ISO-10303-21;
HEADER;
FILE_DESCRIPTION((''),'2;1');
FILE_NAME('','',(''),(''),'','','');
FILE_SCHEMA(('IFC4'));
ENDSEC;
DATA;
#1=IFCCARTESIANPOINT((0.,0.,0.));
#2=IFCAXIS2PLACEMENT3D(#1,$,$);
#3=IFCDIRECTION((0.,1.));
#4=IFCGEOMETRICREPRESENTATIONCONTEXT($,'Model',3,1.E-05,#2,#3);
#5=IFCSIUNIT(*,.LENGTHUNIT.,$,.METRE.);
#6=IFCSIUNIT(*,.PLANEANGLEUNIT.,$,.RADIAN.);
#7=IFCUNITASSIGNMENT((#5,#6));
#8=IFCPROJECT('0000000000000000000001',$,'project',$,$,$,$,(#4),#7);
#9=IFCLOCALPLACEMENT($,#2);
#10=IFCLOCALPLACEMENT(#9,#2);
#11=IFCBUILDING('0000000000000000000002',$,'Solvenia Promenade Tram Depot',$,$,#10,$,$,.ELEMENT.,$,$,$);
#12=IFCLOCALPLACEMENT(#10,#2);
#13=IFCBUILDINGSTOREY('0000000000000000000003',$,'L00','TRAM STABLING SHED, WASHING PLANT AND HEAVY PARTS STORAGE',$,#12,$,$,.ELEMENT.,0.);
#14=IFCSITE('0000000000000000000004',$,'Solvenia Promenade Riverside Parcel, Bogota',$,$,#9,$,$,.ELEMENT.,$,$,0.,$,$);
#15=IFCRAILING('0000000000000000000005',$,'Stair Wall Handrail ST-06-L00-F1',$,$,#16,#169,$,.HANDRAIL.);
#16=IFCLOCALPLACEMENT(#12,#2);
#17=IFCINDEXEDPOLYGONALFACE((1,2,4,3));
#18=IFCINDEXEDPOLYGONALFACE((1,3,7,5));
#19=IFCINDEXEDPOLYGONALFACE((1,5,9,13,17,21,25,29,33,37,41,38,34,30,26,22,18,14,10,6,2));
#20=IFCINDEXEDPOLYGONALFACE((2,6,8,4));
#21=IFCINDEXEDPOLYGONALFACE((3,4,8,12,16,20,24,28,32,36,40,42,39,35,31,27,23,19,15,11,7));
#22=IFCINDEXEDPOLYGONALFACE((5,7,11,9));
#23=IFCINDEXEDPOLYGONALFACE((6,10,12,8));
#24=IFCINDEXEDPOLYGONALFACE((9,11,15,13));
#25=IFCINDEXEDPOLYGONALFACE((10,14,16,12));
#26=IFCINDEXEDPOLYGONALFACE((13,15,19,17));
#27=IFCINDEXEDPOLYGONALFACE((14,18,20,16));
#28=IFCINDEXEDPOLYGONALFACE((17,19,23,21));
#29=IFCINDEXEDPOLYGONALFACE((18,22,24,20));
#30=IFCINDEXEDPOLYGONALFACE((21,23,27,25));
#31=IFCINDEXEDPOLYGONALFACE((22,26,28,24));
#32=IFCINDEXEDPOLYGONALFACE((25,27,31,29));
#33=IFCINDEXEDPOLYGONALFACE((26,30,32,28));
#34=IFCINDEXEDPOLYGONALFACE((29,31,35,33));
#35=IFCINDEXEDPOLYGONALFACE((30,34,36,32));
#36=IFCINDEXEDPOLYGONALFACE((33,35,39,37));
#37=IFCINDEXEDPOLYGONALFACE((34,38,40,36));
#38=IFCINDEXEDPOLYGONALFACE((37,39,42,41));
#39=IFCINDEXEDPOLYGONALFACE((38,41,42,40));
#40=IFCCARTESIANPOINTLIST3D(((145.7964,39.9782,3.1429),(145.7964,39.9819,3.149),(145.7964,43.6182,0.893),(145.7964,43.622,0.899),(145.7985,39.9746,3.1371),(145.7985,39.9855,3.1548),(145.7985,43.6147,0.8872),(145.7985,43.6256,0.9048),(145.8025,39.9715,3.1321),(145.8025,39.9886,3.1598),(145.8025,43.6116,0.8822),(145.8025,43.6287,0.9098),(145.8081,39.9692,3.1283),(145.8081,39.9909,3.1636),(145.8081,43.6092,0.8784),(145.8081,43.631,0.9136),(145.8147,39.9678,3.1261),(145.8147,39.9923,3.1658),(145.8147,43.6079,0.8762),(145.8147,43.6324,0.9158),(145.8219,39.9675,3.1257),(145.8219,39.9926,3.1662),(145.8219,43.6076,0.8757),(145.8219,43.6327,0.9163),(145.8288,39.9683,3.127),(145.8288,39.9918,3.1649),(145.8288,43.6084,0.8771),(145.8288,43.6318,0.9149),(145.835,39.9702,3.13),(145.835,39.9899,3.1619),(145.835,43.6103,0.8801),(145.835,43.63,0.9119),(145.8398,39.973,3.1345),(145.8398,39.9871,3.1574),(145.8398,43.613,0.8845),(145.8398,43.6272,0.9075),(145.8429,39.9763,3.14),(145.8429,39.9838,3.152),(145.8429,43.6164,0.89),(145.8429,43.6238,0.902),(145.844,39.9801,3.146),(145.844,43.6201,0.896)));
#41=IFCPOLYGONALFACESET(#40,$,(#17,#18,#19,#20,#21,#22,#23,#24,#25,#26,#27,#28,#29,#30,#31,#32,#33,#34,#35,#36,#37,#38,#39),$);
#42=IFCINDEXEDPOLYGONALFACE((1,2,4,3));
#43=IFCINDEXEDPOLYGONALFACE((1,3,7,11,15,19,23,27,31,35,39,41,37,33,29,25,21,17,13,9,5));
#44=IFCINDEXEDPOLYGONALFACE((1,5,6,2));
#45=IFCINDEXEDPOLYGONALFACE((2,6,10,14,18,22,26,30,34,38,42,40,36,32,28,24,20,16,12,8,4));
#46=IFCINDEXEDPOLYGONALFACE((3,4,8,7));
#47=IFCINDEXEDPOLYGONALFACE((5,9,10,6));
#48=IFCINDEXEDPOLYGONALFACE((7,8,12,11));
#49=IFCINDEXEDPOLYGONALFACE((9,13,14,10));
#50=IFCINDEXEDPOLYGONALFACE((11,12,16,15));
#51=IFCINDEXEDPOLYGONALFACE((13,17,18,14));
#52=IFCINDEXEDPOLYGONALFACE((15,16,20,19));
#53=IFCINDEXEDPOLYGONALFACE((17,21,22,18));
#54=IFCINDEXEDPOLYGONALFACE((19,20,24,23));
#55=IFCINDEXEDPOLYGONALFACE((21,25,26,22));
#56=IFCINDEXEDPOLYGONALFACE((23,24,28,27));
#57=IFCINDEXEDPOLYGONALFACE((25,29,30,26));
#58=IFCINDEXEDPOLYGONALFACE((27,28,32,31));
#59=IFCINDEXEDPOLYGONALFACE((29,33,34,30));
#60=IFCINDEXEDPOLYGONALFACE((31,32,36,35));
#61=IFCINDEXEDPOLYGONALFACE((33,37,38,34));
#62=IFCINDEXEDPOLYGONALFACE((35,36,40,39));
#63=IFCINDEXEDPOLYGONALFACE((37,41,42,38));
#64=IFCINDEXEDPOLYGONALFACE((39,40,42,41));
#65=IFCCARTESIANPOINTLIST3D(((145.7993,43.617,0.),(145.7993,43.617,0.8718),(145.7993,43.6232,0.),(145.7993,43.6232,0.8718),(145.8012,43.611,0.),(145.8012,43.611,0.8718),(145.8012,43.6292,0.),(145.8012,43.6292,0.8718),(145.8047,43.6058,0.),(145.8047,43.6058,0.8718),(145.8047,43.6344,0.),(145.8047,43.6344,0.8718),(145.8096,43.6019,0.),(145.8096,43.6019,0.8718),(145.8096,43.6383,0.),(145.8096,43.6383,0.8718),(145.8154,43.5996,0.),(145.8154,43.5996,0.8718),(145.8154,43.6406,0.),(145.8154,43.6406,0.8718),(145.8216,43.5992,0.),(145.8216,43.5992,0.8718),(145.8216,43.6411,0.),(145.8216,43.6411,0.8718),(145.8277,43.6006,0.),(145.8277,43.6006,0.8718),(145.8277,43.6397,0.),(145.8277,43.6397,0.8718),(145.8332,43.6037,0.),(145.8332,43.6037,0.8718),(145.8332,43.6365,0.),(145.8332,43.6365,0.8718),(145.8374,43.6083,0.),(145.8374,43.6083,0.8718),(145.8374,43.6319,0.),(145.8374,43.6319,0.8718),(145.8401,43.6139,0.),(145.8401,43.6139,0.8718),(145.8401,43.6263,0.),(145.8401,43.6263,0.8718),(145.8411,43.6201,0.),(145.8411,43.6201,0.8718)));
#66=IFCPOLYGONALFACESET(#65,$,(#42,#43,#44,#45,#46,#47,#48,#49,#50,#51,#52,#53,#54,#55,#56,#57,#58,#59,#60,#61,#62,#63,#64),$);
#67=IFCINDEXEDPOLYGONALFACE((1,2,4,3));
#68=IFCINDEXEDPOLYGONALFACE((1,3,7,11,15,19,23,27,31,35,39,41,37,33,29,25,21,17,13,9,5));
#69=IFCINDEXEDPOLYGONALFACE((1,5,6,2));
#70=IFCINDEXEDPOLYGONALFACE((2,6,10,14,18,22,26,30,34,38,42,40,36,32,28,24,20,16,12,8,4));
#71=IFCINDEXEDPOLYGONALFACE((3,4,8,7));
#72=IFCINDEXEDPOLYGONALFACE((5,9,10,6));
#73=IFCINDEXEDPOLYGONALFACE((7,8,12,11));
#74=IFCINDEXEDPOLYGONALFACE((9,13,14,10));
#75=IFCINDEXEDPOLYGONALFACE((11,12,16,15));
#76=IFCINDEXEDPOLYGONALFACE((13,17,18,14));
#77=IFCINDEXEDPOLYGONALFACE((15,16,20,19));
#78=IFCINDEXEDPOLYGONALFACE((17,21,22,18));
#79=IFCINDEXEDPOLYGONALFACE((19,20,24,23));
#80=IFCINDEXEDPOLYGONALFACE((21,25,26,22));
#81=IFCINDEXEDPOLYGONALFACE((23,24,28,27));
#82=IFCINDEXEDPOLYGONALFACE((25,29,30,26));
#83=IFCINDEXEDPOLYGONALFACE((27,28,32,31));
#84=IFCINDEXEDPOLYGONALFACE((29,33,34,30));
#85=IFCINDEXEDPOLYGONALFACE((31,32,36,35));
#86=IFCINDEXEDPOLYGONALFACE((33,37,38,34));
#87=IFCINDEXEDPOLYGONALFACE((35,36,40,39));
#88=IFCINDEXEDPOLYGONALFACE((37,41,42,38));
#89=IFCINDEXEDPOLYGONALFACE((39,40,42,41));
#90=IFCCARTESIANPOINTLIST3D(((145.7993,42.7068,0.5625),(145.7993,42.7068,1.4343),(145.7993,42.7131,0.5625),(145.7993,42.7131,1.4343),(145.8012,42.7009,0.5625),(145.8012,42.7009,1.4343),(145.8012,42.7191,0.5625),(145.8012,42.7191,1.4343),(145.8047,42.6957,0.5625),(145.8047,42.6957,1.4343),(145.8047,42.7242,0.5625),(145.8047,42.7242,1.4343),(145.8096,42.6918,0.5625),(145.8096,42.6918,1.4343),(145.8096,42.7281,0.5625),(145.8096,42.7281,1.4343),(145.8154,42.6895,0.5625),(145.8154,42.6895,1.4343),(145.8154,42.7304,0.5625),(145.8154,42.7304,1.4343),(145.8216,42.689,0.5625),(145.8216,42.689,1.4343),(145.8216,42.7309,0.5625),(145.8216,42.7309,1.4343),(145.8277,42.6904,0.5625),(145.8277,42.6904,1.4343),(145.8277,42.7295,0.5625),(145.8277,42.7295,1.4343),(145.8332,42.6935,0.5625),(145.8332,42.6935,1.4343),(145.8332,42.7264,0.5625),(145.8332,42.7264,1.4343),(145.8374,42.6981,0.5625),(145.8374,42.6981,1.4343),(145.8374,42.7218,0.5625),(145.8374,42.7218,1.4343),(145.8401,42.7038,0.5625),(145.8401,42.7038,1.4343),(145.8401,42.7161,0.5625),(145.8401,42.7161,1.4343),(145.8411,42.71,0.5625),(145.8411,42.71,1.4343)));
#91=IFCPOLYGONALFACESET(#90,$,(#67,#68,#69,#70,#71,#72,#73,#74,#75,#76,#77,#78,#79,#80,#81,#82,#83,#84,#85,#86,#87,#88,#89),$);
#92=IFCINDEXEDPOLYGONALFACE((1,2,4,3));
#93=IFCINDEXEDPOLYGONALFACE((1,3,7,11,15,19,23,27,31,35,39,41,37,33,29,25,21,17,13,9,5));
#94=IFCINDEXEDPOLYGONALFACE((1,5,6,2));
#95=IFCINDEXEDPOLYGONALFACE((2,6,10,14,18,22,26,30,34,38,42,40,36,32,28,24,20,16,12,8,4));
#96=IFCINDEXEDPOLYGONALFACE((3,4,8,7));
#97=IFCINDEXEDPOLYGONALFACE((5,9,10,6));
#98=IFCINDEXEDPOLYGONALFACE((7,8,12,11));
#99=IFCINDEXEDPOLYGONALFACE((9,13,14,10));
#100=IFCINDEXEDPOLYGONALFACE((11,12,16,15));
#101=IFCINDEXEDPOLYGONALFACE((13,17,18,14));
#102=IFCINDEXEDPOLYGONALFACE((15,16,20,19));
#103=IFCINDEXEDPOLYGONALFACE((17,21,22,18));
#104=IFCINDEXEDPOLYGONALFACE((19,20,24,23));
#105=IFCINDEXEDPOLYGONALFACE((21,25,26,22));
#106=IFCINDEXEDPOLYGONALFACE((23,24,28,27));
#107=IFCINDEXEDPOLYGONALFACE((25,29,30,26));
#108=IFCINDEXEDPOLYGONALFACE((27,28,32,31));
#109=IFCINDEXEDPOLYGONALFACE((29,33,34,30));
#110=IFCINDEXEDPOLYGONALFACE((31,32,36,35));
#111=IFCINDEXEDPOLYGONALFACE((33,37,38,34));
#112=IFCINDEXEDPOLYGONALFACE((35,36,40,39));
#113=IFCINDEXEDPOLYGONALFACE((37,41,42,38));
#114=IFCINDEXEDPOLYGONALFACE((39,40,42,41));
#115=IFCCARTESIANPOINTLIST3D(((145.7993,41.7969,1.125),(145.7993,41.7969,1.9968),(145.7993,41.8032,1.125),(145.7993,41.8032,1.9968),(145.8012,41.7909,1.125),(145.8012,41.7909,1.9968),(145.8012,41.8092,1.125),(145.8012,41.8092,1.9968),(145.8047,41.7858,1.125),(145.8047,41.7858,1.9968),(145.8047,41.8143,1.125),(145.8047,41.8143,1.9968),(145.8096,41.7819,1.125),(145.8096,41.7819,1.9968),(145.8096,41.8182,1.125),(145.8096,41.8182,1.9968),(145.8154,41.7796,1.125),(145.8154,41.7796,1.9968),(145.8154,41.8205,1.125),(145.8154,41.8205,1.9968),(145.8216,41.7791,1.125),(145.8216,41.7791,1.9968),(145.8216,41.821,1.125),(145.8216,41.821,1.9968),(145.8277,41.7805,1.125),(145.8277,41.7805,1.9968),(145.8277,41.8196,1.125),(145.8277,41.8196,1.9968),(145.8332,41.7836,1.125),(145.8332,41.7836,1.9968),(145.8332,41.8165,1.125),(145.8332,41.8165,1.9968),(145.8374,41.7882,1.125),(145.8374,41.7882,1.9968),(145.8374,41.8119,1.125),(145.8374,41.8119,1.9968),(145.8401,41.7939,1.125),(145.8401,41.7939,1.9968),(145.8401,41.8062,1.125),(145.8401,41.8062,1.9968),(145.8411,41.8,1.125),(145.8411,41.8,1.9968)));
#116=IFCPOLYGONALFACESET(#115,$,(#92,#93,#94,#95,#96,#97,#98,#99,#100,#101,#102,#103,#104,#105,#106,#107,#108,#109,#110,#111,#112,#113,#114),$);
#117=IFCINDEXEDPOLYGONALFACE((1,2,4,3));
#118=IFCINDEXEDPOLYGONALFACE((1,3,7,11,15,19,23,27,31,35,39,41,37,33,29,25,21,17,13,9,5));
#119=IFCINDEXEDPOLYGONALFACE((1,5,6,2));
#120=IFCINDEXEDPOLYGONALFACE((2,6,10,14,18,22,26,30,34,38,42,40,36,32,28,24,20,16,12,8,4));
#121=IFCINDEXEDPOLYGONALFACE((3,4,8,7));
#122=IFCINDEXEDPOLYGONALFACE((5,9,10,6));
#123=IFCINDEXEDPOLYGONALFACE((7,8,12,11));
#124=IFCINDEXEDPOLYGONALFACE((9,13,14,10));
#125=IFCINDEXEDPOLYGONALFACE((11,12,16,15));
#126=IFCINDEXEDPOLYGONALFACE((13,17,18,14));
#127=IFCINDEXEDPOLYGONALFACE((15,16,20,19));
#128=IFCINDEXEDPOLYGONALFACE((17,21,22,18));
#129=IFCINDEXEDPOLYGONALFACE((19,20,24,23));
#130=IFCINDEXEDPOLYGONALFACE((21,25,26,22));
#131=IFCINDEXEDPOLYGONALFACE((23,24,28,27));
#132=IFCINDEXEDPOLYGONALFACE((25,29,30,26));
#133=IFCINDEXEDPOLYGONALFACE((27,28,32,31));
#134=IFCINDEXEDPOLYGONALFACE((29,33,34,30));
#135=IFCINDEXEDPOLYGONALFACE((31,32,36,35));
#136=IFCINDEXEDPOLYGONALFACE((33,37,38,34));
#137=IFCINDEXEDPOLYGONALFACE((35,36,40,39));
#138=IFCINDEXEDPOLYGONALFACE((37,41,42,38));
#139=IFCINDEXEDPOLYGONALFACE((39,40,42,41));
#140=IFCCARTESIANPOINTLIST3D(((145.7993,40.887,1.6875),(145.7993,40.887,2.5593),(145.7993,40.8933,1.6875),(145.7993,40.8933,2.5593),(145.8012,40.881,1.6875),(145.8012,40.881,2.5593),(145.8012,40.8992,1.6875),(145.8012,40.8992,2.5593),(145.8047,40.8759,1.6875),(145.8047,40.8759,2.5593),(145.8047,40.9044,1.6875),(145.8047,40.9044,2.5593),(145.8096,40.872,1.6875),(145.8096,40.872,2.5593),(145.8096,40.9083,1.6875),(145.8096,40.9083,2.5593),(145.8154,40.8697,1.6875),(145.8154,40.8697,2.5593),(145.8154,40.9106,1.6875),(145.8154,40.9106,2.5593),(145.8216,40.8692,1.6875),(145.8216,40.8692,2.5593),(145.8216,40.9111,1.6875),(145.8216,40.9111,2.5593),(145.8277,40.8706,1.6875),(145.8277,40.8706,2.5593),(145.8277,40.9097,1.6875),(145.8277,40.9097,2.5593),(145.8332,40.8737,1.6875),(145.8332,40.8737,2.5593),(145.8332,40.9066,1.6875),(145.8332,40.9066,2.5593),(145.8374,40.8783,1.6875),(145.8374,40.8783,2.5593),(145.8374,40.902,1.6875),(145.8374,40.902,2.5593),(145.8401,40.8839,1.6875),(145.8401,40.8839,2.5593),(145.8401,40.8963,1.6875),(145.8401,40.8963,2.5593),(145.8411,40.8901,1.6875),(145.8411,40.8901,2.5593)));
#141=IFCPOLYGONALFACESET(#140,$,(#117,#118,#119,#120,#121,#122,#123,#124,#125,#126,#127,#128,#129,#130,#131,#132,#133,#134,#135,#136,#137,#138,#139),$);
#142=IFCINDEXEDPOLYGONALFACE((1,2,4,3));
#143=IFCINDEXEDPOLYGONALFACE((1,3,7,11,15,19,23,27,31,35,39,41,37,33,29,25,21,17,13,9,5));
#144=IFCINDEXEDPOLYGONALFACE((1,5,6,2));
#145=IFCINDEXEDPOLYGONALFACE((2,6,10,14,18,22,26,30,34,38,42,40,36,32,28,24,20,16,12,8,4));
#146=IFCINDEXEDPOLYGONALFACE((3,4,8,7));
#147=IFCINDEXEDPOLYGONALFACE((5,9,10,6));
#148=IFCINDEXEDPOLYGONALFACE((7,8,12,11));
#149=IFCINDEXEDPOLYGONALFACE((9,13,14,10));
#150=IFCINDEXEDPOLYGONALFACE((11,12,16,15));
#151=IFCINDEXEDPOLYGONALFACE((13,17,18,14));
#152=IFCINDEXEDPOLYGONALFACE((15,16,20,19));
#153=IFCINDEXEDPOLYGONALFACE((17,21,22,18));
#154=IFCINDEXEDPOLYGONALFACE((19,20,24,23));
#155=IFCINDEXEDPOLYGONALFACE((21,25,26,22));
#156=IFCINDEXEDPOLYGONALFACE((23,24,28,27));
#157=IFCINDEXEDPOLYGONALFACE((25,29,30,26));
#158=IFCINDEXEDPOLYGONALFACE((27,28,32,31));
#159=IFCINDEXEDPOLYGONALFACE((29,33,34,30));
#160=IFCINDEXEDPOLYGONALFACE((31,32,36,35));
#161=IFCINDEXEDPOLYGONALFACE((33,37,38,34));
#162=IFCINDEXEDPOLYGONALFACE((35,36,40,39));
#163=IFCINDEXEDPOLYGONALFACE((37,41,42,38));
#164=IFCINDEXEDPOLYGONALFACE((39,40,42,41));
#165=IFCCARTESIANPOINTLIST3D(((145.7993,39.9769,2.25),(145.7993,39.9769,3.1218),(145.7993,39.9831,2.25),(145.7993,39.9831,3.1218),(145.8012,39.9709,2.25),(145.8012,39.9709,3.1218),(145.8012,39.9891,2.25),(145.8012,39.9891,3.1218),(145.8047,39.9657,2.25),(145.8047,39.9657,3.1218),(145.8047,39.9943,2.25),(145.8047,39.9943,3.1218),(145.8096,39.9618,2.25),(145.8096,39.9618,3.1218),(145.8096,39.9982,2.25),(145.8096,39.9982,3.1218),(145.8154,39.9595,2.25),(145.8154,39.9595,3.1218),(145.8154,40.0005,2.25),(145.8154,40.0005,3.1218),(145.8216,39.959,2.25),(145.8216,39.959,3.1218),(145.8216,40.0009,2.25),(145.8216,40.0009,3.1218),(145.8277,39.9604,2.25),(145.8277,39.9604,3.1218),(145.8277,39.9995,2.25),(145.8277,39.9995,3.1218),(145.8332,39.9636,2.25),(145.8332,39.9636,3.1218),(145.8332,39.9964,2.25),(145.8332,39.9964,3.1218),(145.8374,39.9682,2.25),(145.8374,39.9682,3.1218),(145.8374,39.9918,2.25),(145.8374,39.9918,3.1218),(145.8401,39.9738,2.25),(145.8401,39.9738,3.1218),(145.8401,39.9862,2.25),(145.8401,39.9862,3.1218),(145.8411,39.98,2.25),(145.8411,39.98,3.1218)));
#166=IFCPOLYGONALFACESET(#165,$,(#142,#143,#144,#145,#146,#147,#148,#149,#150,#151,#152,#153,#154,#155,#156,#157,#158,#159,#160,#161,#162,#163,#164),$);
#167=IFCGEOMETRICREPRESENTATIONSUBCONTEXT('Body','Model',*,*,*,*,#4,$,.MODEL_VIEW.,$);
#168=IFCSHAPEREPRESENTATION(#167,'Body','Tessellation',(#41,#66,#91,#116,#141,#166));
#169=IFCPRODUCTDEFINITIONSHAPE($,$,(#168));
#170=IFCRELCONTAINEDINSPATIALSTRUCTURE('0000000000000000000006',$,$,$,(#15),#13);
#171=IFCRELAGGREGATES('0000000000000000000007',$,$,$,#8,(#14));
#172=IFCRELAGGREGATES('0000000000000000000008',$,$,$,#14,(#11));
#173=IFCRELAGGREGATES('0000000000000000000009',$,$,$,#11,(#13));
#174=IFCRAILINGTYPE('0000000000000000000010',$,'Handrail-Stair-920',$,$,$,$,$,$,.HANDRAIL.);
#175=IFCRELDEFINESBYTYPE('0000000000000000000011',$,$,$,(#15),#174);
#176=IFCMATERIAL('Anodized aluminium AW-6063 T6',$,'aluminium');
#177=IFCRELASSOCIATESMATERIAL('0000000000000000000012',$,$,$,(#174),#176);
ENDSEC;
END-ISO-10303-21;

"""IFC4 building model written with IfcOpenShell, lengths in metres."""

from ifc_helpers import new_model, si_unit, direction, frame, origin, origin_2d, place, context, subcontext, project, spatial, circle, extrude, material, type_object, element, save


model = new_model("IFC4")

# Units and contexts
model_context = context("Model", 3, precision=1e-05, world=origin(), true_north=direction((0.0, 1.0)))
body_context = subcontext(model_context, "Body", "Model", "MODEL_VIEW")
ifc_project = project(units=[si_unit("LENGTHUNIT", "METRE"), si_unit("PLANEANGLEUNIT", "RADIAN")], contexts=[model_context])

# Site, building, storey
site_placement = place(None, origin())
site = spatial("IfcSite", under=ifc_project, at=site_placement, Name="Solvenia Promenade Riverside Parcel, Bogota", CompositionType="ELEMENT", RefElevation=0.0)
building_placement = place(site_placement, origin())
building = spatial("IfcBuilding", under=site, at=building_placement, Name="Solvenia Promenade Tram Depot", CompositionType="ELEMENT")
storey_placement = place(building_placement, origin())
storey = spatial("IfcBuildingStorey", under=building, at=storey_placement, Name="L00", Description="TRAM STABLING SHED, WASHING PLANT AND HEAVY PARTS STORAGE", CompositionType="ELEMENT", Elevation=0.0)

# Railing
ifc_material_1 = material(Name="Anodized aluminium AW-6063 T6", Category="aluminium")
railing_type_1 = type_object("IfcRailingType", Name="Handrail-Stair-920", PredefinedType="HANDRAIL", material=ifc_material_1)
railing_1_placement = place(storey_placement, frame((145.8201, 43.6201, 0.0)))
element("IfcRailing", 1, at=railing_1_placement, inside=storey, type_object=railing_type_1, Name="Stair Wall Handrail ST-06-L00-F1", PredefinedType="HANDRAIL", context=body_context, shape_type="SweptSolid", body=[
    extrude(circle(Radius=0.0239, at=origin_2d()), frame((0.0, 0.0, 0.896), z_axis=(0.0, -0.850622, 0.525777), x_axis=(1.0, 0.0, 0.0)), (0.0, 0.0, 1.0), 4.2793),
    extrude(circle(Radius=0.021, at=origin_2d()), origin(), (0.0, 0.0, 1.0), 0.8718),
    extrude(circle(Radius=0.021, at=origin_2d()), frame((0.0, -0.9102, 0.5625)), (0.0, 0.0, 1.0), 0.8718),
    extrude(circle(Radius=0.021, at=origin_2d()), frame((0.0, -1.8201, 1.125)), (0.0, 0.0, 1.0), 0.8718),
    extrude(circle(Radius=0.021, at=origin_2d()), frame((0.0, -2.73, 1.6875)), (0.0, 0.0, 1.0), 0.8718),
    extrude(circle(Radius=0.021, at=origin_2d()), frame((0.0, -3.6401, 2.25)), (0.0, 0.0, 1.0), 0.8718),
])

save(model, "model.ifc")
